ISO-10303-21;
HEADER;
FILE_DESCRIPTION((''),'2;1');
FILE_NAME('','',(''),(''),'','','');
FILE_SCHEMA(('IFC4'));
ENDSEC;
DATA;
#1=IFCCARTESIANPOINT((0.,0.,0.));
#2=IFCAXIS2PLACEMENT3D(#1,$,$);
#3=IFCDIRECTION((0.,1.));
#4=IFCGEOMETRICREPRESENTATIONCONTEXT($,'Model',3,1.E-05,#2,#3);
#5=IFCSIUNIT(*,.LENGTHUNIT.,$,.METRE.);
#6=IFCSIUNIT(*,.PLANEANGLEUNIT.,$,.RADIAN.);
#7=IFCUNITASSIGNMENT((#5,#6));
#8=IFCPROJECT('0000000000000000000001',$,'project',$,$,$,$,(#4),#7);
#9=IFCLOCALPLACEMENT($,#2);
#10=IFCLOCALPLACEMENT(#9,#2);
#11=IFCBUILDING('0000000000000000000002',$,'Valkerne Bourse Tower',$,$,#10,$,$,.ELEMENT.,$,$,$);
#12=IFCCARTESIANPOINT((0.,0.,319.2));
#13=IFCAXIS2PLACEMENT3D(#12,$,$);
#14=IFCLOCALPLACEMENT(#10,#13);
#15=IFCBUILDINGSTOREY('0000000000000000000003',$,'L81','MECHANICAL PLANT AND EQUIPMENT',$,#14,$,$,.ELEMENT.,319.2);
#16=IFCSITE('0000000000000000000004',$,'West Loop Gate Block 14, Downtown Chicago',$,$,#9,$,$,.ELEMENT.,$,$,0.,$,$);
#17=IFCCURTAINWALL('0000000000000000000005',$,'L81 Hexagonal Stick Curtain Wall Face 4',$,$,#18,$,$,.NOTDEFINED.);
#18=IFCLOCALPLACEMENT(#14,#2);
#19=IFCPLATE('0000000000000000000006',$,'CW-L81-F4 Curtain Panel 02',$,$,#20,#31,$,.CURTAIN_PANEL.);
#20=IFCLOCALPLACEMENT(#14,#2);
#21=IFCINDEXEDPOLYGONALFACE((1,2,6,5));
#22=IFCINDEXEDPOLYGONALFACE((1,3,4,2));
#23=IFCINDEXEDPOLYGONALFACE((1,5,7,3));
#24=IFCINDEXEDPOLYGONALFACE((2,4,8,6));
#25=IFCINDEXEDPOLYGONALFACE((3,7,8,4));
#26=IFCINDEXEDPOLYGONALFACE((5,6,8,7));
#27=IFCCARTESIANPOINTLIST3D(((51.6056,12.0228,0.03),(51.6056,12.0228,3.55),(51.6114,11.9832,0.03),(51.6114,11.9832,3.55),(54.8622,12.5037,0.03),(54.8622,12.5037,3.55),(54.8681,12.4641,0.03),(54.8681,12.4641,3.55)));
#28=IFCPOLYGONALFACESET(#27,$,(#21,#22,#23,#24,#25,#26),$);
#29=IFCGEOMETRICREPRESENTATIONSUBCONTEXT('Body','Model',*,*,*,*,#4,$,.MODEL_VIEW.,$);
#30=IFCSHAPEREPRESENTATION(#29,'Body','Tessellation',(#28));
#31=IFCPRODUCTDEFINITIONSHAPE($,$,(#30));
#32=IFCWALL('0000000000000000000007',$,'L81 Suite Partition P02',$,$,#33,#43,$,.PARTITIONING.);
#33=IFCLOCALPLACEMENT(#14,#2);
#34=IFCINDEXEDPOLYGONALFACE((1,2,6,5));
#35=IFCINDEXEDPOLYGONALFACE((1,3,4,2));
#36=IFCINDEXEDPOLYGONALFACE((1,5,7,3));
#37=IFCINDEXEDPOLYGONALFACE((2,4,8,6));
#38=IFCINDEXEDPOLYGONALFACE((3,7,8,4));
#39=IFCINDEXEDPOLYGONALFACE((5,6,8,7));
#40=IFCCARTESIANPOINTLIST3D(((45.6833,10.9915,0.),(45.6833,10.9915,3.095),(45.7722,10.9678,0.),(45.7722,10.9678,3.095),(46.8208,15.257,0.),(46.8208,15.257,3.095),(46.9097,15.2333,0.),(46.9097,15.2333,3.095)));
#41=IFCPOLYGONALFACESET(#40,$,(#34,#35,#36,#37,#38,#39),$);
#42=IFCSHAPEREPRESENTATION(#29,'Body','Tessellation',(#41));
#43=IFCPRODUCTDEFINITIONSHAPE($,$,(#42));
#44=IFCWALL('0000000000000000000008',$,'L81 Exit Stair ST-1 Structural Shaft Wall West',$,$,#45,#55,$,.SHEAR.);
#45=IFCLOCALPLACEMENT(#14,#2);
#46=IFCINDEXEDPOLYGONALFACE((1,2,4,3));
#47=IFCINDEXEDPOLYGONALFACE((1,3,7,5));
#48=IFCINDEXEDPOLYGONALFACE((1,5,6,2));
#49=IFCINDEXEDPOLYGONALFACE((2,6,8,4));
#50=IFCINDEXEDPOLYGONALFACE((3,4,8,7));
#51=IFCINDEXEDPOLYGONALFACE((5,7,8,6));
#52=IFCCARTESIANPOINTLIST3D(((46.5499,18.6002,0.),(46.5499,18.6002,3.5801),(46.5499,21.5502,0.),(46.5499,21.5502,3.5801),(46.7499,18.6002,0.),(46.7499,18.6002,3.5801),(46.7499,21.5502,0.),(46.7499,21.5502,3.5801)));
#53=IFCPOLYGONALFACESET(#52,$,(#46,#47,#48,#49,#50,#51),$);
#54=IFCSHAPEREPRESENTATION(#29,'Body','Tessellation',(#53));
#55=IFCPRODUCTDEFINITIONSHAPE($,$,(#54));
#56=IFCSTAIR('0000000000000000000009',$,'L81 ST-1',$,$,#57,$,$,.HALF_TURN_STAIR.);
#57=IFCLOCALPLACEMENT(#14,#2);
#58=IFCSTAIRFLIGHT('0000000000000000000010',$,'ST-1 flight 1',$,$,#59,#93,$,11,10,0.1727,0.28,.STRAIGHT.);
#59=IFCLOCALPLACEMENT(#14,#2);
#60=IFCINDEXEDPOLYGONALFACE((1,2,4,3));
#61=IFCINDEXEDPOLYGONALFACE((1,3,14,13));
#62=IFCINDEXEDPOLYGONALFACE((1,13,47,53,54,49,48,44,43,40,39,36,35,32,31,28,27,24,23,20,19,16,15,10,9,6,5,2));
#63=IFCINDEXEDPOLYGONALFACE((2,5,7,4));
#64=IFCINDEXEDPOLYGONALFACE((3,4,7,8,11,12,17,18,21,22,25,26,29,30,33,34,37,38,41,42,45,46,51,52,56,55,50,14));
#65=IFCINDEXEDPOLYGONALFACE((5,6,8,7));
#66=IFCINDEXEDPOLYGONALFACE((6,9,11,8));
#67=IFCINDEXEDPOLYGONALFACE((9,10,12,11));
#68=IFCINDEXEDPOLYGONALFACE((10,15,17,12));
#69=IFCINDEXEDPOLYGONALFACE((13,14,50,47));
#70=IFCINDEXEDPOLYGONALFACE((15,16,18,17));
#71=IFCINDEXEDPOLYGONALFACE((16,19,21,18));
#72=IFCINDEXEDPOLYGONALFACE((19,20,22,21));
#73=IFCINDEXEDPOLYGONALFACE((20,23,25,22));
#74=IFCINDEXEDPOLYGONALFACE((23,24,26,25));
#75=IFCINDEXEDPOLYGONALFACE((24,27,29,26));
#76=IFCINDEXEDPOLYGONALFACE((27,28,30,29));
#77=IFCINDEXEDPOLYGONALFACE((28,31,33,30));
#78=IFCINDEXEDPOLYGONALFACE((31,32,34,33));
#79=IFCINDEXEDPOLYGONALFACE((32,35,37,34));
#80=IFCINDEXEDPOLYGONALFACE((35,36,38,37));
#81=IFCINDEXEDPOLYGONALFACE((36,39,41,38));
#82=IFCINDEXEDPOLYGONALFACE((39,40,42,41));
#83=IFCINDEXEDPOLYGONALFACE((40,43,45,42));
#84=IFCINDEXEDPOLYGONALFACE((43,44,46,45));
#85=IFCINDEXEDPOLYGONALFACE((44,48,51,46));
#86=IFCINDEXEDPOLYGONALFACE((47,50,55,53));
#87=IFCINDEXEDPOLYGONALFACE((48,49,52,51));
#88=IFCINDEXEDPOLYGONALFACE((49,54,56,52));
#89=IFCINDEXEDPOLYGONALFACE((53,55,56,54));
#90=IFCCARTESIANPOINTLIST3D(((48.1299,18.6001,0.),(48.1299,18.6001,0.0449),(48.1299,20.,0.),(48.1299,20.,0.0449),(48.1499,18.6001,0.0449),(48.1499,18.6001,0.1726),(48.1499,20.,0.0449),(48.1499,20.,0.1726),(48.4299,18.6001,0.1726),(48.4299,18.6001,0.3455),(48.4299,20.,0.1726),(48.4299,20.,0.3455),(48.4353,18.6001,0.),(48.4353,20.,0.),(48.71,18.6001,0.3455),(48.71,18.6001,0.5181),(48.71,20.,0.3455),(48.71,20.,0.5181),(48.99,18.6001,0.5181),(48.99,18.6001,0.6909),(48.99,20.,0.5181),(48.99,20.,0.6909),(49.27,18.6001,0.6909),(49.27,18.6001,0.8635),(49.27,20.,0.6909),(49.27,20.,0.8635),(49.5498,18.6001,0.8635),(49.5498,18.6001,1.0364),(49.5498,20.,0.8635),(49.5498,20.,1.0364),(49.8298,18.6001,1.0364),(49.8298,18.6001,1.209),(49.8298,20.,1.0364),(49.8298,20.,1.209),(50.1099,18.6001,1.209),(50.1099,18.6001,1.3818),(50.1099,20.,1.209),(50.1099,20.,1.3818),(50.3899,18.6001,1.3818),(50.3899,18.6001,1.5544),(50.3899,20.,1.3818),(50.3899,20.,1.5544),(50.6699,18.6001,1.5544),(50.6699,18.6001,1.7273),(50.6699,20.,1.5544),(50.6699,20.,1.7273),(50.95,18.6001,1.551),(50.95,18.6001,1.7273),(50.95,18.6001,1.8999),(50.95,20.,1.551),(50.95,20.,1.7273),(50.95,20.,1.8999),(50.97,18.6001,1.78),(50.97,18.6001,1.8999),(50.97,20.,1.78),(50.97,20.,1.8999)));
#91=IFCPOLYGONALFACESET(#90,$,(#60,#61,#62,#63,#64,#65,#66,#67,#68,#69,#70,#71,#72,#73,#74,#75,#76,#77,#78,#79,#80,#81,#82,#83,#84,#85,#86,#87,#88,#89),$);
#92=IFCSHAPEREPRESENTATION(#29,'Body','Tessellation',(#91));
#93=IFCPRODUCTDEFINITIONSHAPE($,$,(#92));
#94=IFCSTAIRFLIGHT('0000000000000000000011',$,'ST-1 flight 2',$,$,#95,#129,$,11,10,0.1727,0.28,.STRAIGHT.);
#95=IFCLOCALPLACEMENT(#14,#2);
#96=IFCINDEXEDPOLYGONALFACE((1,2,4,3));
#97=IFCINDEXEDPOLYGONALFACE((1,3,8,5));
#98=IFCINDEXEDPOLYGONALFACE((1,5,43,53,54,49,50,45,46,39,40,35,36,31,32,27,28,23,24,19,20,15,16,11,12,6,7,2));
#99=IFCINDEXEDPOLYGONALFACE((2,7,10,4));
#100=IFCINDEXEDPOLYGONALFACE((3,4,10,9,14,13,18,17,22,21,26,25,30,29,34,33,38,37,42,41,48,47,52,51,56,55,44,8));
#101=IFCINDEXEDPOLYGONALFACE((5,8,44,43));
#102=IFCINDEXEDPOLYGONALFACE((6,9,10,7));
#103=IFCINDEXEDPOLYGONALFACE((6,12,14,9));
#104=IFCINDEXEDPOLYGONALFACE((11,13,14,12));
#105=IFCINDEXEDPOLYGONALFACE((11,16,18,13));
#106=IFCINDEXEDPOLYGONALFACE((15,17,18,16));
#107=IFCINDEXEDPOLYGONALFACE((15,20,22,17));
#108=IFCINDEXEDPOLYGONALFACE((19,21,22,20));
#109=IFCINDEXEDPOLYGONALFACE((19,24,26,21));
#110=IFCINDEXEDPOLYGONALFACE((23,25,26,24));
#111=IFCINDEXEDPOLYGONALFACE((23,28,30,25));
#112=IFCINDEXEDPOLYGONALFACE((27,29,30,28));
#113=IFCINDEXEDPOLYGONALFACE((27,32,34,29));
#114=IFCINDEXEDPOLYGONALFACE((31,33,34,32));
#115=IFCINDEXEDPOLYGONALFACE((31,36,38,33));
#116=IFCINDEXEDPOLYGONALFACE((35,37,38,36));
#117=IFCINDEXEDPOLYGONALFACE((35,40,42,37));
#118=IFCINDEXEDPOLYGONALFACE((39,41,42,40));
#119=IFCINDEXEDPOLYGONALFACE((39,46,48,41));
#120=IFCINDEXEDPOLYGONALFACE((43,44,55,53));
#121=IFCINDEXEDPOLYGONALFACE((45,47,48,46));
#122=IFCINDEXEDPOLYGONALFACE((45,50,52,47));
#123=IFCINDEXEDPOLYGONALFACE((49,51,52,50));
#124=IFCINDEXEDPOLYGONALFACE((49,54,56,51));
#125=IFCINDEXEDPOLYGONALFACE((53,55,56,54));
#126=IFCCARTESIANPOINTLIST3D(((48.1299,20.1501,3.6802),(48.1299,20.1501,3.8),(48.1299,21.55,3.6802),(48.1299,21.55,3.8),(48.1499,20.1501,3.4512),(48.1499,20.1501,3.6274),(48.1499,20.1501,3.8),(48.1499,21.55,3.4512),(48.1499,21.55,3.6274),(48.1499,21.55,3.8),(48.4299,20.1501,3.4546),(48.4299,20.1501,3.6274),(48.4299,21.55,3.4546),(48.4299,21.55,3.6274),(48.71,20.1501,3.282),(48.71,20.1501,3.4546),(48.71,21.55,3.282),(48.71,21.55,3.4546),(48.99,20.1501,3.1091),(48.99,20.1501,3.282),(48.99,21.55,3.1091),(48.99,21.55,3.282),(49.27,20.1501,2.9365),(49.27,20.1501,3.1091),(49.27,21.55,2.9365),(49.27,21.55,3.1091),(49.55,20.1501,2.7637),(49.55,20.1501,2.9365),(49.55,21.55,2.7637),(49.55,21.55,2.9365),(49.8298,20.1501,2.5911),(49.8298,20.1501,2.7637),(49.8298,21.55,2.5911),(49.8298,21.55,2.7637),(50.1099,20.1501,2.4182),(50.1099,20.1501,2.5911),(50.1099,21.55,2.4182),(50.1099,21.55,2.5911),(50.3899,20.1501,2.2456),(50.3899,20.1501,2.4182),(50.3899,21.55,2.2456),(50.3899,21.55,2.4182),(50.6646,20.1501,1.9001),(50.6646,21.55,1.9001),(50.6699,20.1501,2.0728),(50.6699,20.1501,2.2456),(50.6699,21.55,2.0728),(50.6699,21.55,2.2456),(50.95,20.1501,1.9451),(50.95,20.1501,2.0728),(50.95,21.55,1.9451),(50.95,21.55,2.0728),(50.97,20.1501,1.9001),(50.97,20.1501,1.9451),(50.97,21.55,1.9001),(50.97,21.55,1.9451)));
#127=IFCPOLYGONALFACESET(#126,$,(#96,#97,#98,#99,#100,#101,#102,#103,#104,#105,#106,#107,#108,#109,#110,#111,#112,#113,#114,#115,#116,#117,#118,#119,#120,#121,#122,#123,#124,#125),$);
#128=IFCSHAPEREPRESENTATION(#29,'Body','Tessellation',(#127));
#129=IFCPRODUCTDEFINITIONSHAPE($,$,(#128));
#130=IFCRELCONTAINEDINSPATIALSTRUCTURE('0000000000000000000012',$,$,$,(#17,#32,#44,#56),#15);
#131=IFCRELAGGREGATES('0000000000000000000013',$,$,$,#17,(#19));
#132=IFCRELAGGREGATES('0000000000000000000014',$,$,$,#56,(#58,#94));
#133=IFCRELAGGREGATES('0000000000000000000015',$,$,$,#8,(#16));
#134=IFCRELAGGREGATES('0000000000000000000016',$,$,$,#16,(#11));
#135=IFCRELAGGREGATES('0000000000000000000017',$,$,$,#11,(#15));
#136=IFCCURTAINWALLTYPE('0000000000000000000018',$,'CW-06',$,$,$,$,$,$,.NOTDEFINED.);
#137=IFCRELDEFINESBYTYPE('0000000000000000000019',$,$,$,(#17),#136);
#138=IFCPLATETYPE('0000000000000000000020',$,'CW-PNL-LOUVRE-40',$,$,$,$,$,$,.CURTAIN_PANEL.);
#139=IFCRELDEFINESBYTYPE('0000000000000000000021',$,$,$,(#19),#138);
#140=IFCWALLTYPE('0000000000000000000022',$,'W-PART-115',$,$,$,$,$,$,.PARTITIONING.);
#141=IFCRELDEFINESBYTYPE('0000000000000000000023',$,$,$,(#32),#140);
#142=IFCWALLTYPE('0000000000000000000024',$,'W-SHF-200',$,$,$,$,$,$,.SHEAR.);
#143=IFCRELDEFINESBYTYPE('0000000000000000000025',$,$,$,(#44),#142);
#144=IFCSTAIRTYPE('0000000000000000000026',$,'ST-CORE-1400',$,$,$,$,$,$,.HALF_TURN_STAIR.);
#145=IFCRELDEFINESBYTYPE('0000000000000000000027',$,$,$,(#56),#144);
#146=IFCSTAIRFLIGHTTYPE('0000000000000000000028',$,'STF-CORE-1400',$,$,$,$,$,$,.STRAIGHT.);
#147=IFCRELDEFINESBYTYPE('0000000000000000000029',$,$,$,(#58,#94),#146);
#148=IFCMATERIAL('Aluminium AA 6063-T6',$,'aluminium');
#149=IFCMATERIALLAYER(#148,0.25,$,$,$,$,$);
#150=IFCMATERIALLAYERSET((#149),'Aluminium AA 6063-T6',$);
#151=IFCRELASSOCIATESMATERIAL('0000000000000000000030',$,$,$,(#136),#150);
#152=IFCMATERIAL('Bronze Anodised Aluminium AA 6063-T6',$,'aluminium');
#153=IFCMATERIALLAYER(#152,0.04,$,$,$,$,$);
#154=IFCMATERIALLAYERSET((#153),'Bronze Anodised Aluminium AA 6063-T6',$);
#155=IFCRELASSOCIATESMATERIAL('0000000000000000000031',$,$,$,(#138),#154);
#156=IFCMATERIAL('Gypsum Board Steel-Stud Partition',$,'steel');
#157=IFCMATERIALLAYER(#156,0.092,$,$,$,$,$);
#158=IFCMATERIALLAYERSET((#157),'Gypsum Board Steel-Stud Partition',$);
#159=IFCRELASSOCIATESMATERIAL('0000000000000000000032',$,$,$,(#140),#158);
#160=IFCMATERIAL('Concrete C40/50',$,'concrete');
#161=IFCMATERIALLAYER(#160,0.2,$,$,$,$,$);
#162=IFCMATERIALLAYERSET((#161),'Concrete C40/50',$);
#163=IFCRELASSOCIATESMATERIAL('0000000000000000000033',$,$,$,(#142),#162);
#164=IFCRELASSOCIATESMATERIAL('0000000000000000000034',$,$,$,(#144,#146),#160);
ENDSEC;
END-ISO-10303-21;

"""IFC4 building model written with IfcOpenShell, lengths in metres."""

from ifc_helpers import new_model, si_unit, direction, frame, frame_2d, origin, origin_2d, place, context, subcontext, project, spatial, polyline, rectangle, outline, extrude, material, layer, layer_set, type_object, element, aggregate, save


model = new_model("IFC4")

# Units and contexts
model_context = context("Model", 3, precision=1e-05, world=origin(), true_north=direction((0.0, 1.0)))
body_context = subcontext(model_context, "Body", "Model", "MODEL_VIEW")
ifc_project = project(units=[si_unit("LENGTHUNIT", "METRE"), si_unit("PLANEANGLEUNIT", "RADIAN")], contexts=[model_context])

# Site, building, storey
site_placement = place(None, origin())
site = spatial("IfcSite", under=ifc_project, at=site_placement, Name="West Loop Gate Block 14, Downtown Chicago", CompositionType="ELEMENT", RefElevation=0.0)
building_placement = place(site_placement, origin())
building = spatial("IfcBuilding", under=site, at=building_placement, Name="Valkerne Bourse Tower", CompositionType="ELEMENT")
storey_placement = place(building_placement, frame((0.0, 0.0, 319.2)))
storey = spatial("IfcBuildingStorey", under=building, at=storey_placement, Name="L81", Description="MECHANICAL PLANT AND EQUIPMENT", CompositionType="ELEMENT", Elevation=319.2)

# Curtain wall, plate
ifc_material_1 = material(Name="Aluminium AA 6063-T6", Category="aluminium")
ifc_layer_1 = layer(ifc_material_1, 0.25)
ifc_layer_set_1 = layer_set([ifc_layer_1], Name="Aluminium AA 6063-T6")
curtain_wall_type = type_object("IfcCurtainWallType", Name="CW-06", PredefinedType="NOTDEFINED", material=ifc_layer_set_1)
curtain_wall_placement = place(storey_placement, origin())
curtain_wall = element("IfcCurtainWall", 1, at=curtain_wall_placement, inside=storey, type_object=curtain_wall_type, Name="L81 Hexagonal Stick Curtain Wall Face 4", PredefinedType="NOTDEFINED")
ifc_material_2 = material(Name="Bronze Anodised Aluminium AA 6063-T6", Category="aluminium")
ifc_layer_2 = layer(ifc_material_2, 0.04)
ifc_layer_set_2 = layer_set([ifc_layer_2], Name="Bronze Anodised Aluminium AA 6063-T6")
plate_type = type_object("IfcPlateType", Name="CW-PNL-LOUVRE-40", PredefinedType="CURTAIN_PANEL", material=ifc_layer_set_2)
plate_1_placement = place(storey_placement, frame((53.2368, 12.2434, 0.03), z_axis=(0.0, 0.0, 1.0), x_axis=(0.989272, 0.146083, 0.0)))
plate_1 = element("IfcPlate", 2, at=plate_1_placement, type_object=plate_type, Name="CW-L81-F4 Curtain Panel 02", PredefinedType="CURTAIN_PANEL", context=body_context, shape_type="SweptSolid", body=[
    extrude(rectangle(XDim=3.292, YDim=0.04, at=origin_2d()), origin(), (0.0, 0.0, 1.0), 3.52),
])
aggregate(curtain_wall, [plate_1])

# Walls
ifc_material_3 = material(Name="Gypsum Board Steel-Stud Partition", Category="steel")
ifc_layer_3 = layer(ifc_material_3, 0.092)
ifc_layer_set_3 = layer_set([ifc_layer_3], Name="Gypsum Board Steel-Stud Partition")
wall_type_1 = type_object("IfcWallType", Name="W-PART-115", PredefinedType="PARTITIONING", material=ifc_layer_set_3)
wall_1_placement = place(storey_placement, frame((46.8652, 15.2451, 0.0), z_axis=(0.0, 0.0, 1.0), x_axis=(-0.257666, -0.966234, 0.0)))
element("IfcWall", 3, at=wall_1_placement, inside=storey, type_object=wall_type_1, Name="L81 Suite Partition P02", PredefinedType="PARTITIONING", context=body_context, shape_type="SweptSolid", body=[
    extrude(rectangle(XDim=4.4146, YDim=0.092, at=frame_2d((2.2073, 0.0))), origin(), (0.0, 0.0, 1.0), 3.095),
])
ifc_material_4 = material(Name="Concrete C40/50", Category="concrete")
ifc_layer_4 = layer(ifc_material_4, 0.2)
ifc_layer_set_4 = layer_set([ifc_layer_4], Name="Concrete C40/50")
wall_type_2 = type_object("IfcWallType", Name="W-SHF-200", PredefinedType="SHEAR", material=ifc_layer_set_4)
wall_2_placement = place(storey_placement, frame((46.6499, 18.6001, 0.0), z_axis=(0.0, 0.0, 1.0), x_axis=(0.0, 1.0, 0.0)))
element("IfcWall", 4, at=wall_2_placement, inside=storey, type_object=wall_type_2, Name="L81 Exit Stair ST-1 Structural Shaft Wall West", PredefinedType="SHEAR", context=body_context, shape_type="SweptSolid", body=[
    extrude(rectangle(XDim=2.95, YDim=0.2, at=frame_2d((1.4751, 0.0))), origin(), (0.0, 0.0, 1.0), 3.5801),
])

# Stair, stair flights
stair_type = type_object("IfcStairType", Name="ST-CORE-1400", PredefinedType="HALF_TURN_STAIR", material=ifc_material_4)
stair_placement = place(storey_placement, origin())
stair = element("IfcStair", 5, at=stair_placement, inside=storey, type_object=stair_type, Name="L81 ST-1", PredefinedType="HALF_TURN_STAIR")
stair_flight_type = type_object("IfcStairFlightType", Name="STF-CORE-1400", PredefinedType="STRAIGHT", material=ifc_material_4)
stair_flight_1_placement = place(storey_placement, frame((48.1499, 19.3, 0.0), z_axis=(0.0, 0.0, 1.0), x_axis=(1.0, 0.0, 0.0)))
stair_flight_1 = element("IfcStairFlight", 6, at=stair_flight_1_placement, type_object=stair_flight_type, Name="ST-1 flight 1", NumberOfRisers=11, NumberOfTreads=10, PredefinedType="STRAIGHT", RiserHeight=0.1727, TreadLength=0.28, context=body_context, shape_type="SweptSolid", body=[
    extrude(outline(polyline([(-0.02, 0.0), (-0.02, 0.0449), (0.0, 0.0449), (0.0, 0.1726), (0.28, 0.1726), (0.28, 0.3455), (0.5601, 0.3455), (0.5601, 0.5181), (0.8401, 0.5181), (0.8401, 0.6909), (1.1201, 0.6909), (1.1201, 0.8635), (1.3999, 0.8635), (1.3999, 1.0364), (1.6799, 1.0364), (1.6799, 1.209), (1.96, 1.209), (1.96, 1.3818), (2.24, 1.3818), (2.24, 1.5544), (2.52, 1.5544), (2.52, 1.7273), (2.8, 1.7273), (2.8, 1.8999), (2.8201, 1.8999), (2.8201, 1.78), (2.8, 1.551), (0.2854, 0.0), (-0.02, 0.0)])), frame((0.0, 0.7, 0.0), z_axis=(0.0, -1.0, 0.0), x_axis=(1.0, 0.0, 0.0)), (0.0, 0.0, 1.0), 1.3999),
])
stair_flight_2_placement = place(storey_placement, frame((50.95, 20.8501, 1.9001), z_axis=(0.0, 0.0, 1.0), x_axis=(-1.0, 0.0, 0.0)))
stair_flight_2 = element("IfcStairFlight", 7, at=stair_flight_2_placement, type_object=stair_flight_type, Name="ST-1 flight 2", NumberOfRisers=11, NumberOfTreads=10, PredefinedType="STRAIGHT", RiserHeight=0.1727, TreadLength=0.28, context=body_context, shape_type="SweptSolid", body=[
    extrude(outline(polyline([(-0.02, 0.0), (-0.02, 0.0449), (0.0, 0.0449), (0.0, 0.1726), (0.28, 0.1726), (0.28, 0.3455), (0.5601, 0.3455), (0.5601, 0.5181), (0.8401, 0.5181), (0.8401, 0.6909), (1.1201, 0.6909), (1.1201, 0.8635), (1.3999, 0.8635), (1.3999, 1.0364), (1.6799, 1.0364), (1.6799, 1.209), (1.96, 1.209), (1.96, 1.3818), (2.24, 1.3818), (2.24, 1.5544), (2.52, 1.5544), (2.52, 1.7273), (2.8, 1.7273), (2.8, 1.8999), (2.8201, 1.8999), (2.8201, 1.78), (2.8, 1.551), (0.2854, 0.0), (-0.02, 0.0)])), frame((0.0, 0.7, 0.0), z_axis=(0.0, -1.0, 0.0), x_axis=(1.0, 0.0, 0.0)), (0.0, 0.0, 1.0), 1.3999),
])
aggregate(stair, [stair_flight_1, stair_flight_2])

save(model, "model.ifc")
